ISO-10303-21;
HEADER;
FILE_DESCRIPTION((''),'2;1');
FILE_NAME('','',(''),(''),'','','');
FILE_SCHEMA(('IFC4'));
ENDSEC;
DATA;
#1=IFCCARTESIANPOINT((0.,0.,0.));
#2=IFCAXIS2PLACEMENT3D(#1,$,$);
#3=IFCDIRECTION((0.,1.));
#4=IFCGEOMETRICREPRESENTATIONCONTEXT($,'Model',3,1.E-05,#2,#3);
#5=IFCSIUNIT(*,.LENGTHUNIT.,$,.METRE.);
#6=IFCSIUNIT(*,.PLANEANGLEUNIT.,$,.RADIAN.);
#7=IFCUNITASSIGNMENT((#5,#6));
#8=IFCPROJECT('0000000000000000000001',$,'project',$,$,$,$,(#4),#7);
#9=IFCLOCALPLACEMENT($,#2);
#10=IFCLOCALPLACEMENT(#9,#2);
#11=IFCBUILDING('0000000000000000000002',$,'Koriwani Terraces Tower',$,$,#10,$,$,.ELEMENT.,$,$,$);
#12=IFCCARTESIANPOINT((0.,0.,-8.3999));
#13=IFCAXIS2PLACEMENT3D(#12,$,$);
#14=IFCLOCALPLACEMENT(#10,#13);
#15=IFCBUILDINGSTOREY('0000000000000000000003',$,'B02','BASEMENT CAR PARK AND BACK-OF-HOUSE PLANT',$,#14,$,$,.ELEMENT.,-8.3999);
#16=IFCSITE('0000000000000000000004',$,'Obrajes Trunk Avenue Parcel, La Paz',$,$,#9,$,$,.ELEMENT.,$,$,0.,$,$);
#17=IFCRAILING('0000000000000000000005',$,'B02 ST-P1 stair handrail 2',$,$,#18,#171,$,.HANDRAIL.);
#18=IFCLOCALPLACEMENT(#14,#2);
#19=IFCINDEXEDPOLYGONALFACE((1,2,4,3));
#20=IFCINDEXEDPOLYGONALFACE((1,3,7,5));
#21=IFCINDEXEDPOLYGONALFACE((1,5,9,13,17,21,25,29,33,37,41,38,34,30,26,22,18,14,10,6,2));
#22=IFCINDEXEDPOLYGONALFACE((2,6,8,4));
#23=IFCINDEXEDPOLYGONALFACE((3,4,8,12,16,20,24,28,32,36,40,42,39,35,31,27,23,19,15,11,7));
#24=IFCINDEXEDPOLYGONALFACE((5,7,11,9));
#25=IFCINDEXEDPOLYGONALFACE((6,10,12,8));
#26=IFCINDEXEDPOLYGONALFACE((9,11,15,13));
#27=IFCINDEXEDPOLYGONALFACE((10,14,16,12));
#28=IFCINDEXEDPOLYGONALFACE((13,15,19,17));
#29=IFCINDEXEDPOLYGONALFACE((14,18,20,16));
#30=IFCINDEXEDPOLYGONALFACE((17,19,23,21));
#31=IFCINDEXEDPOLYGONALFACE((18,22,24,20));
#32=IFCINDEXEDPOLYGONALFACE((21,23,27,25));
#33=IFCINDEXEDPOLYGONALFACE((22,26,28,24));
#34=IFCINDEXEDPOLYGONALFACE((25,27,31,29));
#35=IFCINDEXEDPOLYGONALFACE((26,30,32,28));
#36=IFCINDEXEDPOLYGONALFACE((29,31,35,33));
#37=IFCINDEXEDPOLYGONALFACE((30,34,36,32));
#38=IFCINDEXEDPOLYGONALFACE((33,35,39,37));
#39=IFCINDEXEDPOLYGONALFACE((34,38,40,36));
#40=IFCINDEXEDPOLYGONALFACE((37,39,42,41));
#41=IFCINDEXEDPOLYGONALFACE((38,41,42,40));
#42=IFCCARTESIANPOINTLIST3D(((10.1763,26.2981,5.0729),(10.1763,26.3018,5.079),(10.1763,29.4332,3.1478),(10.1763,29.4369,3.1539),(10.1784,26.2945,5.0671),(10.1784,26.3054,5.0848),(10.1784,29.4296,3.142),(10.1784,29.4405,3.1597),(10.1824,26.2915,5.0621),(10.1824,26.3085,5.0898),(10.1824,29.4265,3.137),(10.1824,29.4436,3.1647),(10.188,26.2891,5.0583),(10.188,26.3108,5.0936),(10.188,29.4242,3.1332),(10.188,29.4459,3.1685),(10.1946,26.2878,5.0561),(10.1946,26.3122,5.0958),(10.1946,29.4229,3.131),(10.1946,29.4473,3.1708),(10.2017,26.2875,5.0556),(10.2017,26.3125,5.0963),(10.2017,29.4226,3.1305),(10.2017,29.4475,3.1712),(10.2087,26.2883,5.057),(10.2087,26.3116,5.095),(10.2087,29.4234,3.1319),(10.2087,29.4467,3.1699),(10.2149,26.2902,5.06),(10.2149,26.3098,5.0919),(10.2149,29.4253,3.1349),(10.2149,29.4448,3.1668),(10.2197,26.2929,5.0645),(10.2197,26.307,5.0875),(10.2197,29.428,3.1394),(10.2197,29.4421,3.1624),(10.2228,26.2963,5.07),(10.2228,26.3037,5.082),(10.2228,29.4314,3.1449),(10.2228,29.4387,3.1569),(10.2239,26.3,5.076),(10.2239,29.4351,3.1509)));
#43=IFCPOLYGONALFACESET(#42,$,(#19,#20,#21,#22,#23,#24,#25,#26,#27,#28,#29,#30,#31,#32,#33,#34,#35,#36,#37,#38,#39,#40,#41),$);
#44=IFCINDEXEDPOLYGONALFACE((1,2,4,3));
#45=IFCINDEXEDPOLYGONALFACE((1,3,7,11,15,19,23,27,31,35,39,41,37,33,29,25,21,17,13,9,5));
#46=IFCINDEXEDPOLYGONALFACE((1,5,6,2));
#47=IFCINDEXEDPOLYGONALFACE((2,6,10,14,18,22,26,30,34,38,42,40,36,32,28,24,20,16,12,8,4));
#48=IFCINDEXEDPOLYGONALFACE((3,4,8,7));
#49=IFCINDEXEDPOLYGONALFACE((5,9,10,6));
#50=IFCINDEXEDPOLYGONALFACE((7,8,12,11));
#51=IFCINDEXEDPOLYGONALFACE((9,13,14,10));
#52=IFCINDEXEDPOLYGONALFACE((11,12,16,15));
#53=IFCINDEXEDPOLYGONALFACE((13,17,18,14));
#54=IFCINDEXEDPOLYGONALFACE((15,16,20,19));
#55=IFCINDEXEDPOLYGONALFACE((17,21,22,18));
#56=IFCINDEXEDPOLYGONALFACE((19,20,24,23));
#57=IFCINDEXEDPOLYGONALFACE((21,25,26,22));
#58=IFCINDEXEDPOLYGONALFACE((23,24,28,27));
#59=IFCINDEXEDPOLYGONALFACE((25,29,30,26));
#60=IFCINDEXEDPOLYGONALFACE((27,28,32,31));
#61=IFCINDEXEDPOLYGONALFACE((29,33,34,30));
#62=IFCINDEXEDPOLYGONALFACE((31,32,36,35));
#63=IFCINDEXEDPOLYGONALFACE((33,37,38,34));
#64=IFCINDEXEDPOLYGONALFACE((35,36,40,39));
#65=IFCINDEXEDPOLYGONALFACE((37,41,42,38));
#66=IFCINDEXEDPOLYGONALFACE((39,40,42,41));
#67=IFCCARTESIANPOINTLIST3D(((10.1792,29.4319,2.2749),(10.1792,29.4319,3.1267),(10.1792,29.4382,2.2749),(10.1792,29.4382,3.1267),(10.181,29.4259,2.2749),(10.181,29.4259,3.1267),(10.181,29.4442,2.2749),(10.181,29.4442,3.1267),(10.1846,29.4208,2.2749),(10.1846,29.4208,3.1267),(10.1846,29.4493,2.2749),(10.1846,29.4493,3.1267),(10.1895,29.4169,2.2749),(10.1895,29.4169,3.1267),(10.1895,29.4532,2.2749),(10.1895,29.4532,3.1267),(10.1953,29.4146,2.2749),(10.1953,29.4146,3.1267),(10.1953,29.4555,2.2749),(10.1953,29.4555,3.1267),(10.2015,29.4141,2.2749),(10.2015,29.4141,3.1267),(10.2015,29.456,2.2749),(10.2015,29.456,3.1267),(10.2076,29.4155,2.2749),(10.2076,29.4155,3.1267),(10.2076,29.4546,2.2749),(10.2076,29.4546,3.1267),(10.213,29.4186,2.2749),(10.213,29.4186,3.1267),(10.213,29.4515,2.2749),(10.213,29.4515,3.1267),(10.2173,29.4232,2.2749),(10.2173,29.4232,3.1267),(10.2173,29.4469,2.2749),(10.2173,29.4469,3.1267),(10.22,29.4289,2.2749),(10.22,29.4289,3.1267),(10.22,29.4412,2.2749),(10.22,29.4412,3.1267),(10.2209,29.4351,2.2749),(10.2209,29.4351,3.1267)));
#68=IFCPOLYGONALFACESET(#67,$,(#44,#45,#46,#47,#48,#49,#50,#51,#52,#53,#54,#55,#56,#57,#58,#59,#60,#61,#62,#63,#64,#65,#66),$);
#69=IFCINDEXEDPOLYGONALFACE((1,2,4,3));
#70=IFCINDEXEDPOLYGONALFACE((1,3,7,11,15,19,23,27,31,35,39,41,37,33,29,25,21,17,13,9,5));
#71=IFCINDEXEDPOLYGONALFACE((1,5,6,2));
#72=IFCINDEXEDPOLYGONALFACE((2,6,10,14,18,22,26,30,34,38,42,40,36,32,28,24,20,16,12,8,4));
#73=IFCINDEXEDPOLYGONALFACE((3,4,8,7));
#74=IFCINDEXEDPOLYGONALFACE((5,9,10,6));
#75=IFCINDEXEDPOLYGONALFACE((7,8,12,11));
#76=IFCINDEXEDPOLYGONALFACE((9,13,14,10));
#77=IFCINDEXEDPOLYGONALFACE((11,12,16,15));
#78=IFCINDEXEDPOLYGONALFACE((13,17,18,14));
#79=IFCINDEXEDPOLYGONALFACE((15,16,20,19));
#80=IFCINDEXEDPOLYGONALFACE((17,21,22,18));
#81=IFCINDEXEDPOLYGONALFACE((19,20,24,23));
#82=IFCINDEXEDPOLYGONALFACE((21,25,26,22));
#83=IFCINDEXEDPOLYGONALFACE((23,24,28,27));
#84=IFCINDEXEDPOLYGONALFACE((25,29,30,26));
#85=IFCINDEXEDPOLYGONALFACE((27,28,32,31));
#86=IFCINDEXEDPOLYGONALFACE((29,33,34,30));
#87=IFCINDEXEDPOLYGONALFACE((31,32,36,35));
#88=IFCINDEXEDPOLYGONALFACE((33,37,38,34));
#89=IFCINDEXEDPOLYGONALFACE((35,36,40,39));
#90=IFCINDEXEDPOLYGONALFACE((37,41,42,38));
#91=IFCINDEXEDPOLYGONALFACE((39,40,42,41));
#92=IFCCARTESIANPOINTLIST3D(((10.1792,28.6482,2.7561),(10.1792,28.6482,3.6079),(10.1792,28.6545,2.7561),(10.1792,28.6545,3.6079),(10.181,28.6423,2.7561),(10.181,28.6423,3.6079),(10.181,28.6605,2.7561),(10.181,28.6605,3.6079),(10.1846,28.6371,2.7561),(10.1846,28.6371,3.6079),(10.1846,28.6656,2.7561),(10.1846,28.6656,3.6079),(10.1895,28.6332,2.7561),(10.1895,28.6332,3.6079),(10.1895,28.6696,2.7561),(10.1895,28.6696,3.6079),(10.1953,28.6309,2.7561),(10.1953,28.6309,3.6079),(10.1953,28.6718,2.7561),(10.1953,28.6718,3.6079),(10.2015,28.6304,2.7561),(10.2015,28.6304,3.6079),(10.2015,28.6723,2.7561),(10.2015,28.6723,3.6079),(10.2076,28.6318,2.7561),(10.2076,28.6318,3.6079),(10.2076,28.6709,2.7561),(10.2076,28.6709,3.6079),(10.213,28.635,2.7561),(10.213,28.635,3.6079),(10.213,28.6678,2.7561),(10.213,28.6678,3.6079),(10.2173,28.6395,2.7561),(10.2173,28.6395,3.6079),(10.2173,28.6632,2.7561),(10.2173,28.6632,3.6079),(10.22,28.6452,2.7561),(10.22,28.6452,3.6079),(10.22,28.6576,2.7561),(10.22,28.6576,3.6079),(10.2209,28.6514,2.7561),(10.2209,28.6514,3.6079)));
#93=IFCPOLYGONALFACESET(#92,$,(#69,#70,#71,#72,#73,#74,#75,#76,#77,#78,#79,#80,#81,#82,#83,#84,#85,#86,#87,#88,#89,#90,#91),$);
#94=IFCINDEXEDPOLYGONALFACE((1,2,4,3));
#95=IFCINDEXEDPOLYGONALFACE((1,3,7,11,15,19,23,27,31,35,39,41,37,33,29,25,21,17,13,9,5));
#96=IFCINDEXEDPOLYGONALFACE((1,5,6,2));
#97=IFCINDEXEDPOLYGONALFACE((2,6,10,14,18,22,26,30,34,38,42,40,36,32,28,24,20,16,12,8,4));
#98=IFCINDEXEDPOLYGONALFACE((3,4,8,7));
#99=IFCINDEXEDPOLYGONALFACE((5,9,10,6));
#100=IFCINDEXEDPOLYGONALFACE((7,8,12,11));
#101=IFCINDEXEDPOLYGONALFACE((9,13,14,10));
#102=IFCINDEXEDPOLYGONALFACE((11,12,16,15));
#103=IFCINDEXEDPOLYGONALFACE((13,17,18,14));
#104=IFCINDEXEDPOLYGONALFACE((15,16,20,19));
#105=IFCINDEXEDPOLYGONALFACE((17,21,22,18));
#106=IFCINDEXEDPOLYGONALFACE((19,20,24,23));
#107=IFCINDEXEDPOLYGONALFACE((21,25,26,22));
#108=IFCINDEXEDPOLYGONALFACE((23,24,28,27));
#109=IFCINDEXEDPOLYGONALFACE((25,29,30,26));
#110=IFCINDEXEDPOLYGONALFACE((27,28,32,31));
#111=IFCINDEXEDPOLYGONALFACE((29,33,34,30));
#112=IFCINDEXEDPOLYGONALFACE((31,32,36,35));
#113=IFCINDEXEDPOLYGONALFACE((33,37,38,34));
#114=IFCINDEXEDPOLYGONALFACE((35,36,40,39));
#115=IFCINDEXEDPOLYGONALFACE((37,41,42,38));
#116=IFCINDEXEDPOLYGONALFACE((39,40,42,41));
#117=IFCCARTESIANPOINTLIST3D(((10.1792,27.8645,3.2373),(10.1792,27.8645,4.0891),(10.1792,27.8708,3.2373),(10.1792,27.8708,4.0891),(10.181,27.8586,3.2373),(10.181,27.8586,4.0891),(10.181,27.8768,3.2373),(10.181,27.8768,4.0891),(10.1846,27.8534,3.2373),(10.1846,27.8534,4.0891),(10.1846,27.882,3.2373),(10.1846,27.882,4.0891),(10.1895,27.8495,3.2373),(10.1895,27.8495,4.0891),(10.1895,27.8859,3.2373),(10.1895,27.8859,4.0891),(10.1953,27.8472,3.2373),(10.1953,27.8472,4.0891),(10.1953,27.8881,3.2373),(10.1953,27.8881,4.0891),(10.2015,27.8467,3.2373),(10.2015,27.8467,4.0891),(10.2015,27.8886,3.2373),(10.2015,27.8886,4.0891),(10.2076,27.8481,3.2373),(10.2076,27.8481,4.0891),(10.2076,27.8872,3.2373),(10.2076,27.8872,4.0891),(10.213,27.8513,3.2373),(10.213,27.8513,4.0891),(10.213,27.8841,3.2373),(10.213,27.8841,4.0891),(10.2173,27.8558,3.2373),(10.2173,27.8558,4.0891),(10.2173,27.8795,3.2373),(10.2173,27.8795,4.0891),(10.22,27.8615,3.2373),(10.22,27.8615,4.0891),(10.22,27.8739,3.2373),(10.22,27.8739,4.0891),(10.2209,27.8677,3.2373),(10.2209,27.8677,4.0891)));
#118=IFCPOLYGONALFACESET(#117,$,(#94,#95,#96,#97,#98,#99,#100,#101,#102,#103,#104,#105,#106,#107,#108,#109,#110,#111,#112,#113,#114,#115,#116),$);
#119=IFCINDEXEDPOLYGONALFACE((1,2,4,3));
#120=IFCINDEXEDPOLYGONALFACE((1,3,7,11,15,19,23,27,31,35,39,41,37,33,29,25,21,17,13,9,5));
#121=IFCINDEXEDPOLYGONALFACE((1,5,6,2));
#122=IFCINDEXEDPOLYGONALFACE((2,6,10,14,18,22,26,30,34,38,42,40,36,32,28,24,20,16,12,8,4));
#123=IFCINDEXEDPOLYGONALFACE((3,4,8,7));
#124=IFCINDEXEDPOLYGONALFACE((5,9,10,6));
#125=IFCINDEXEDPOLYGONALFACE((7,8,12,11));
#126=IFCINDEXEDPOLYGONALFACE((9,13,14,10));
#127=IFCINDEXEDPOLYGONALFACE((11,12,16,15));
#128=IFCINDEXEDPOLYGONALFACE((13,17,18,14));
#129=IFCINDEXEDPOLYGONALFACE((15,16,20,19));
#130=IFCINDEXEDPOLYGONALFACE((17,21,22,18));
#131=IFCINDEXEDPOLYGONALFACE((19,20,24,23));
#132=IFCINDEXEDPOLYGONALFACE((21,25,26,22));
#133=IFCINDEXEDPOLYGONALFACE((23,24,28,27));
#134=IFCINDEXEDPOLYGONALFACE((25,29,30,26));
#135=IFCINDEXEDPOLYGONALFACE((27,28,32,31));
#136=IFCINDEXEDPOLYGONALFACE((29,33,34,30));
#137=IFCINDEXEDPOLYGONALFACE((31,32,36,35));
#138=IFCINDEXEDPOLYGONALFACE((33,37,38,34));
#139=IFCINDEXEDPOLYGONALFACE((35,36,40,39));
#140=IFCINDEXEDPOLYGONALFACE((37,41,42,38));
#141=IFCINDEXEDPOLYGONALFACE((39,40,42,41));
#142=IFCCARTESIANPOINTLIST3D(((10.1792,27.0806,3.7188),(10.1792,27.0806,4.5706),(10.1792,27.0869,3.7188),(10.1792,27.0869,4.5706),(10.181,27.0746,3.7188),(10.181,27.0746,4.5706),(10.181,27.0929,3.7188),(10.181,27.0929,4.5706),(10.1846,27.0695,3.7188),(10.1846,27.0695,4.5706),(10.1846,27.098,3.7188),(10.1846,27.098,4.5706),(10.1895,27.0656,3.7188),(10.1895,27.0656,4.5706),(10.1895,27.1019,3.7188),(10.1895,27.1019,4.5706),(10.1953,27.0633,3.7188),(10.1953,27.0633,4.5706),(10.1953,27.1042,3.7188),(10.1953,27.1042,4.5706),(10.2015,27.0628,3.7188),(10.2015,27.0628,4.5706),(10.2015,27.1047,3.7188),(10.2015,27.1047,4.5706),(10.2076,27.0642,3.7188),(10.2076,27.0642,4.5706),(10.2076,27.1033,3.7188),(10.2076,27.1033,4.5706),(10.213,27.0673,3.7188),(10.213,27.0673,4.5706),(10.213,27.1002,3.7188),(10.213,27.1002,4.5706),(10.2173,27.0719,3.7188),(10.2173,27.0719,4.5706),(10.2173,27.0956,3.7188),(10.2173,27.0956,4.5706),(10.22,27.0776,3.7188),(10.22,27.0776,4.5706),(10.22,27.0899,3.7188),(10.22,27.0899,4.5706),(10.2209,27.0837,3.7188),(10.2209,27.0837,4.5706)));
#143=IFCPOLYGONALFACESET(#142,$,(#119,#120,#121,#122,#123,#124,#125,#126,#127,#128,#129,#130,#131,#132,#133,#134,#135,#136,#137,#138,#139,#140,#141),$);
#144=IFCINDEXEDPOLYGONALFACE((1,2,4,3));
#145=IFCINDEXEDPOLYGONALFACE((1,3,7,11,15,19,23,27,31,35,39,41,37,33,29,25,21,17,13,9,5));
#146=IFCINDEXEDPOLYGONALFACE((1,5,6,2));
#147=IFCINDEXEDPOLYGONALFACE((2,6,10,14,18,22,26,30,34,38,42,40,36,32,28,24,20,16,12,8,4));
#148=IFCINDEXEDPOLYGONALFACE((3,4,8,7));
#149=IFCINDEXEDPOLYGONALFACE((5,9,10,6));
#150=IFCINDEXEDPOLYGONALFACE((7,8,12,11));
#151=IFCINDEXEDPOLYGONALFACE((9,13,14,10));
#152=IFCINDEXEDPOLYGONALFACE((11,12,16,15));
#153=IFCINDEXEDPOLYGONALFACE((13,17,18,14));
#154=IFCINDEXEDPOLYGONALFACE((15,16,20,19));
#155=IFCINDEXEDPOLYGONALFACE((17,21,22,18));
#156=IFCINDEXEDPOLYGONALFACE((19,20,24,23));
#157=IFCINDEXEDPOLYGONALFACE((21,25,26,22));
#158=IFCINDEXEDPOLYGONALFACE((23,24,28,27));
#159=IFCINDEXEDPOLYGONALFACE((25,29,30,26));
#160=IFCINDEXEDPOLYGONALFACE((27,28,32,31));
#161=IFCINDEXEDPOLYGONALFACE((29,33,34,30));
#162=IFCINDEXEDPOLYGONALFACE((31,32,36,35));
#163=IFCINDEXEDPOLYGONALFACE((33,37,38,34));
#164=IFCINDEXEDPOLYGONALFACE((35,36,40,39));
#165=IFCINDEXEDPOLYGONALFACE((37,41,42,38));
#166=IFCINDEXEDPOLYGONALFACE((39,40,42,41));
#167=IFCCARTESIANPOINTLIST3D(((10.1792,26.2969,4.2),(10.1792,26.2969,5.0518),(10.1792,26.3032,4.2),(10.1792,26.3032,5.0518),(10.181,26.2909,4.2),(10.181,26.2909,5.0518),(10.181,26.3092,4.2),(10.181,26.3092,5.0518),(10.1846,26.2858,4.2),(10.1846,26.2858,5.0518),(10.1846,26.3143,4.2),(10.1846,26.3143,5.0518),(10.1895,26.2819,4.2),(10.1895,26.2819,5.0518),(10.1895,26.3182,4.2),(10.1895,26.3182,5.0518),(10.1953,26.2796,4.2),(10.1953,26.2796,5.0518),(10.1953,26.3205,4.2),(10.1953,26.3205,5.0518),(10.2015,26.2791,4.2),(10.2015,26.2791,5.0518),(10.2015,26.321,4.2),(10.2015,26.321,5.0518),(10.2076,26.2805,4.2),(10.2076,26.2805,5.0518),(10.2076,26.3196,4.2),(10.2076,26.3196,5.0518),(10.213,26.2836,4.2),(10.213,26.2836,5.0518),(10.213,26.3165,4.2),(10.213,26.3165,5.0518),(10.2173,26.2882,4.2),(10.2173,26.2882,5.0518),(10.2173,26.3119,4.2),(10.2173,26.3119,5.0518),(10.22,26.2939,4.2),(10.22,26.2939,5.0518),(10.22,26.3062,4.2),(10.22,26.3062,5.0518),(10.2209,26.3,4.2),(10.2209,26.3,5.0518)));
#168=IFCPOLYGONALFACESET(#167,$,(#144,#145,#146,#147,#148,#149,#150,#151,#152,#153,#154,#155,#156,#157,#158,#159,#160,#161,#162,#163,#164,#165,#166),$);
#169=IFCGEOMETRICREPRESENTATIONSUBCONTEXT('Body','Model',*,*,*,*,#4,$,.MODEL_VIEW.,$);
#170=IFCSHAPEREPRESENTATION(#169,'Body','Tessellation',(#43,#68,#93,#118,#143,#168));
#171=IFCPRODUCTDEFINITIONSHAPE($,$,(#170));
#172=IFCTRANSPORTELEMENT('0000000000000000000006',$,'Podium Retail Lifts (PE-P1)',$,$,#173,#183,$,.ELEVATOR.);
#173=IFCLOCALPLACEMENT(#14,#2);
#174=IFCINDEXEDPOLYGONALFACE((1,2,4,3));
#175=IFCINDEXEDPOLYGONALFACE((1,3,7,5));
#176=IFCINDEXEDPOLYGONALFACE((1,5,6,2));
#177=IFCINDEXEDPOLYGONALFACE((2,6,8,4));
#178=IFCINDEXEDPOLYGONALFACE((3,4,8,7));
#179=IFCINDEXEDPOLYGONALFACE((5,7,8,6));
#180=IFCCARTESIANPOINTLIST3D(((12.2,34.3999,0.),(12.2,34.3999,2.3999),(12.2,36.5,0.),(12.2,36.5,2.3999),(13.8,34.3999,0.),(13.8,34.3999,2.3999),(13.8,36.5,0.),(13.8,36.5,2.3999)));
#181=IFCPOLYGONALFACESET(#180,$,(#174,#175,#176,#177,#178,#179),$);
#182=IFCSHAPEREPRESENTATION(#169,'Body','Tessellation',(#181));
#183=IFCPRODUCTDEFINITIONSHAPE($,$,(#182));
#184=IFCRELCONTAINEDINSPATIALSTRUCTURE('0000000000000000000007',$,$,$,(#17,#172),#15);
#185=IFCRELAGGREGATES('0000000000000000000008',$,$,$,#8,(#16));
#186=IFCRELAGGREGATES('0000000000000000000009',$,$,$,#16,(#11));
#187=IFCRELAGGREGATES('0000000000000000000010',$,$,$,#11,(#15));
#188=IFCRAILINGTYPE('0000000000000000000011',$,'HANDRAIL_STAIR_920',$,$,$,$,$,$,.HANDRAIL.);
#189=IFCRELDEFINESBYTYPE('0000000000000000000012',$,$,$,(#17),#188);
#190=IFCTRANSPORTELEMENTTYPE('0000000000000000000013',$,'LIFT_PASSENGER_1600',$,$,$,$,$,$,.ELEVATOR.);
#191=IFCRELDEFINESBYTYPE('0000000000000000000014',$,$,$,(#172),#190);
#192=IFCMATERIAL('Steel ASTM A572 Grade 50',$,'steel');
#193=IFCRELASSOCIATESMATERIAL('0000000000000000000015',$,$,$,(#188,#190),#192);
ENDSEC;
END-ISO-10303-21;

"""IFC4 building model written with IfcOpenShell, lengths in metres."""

from ifc_helpers import new_model, si_unit, direction, frame, origin, origin_2d, place, context, subcontext, project, spatial, rectangle, circle, extrude, material, type_object, element, save


model = new_model("IFC4")

# Units and contexts
model_context = context("Model", 3, precision=1e-05, world=origin(), true_north=direction((0.0, 1.0)))
body_context = subcontext(model_context, "Body", "Model", "MODEL_VIEW")
ifc_project = project(units=[si_unit("LENGTHUNIT", "METRE"), si_unit("PLANEANGLEUNIT", "RADIAN")], contexts=[model_context])

# Site, building, storey
site_placement = place(None, origin())
site = spatial("IfcSite", under=ifc_project, at=site_placement, Name="Obrajes Trunk Avenue Parcel, La Paz", CompositionType="ELEMENT", RefElevation=0.0)
building_placement = place(site_placement, origin())
building = spatial("IfcBuilding", under=site, at=building_placement, Name="Koriwani Terraces Tower", CompositionType="ELEMENT")
storey_placement = place(building_placement, frame((0.0, 0.0, -8.3999)))
storey = spatial("IfcBuildingStorey", under=building, at=storey_placement, Name="B02", Description="BASEMENT CAR PARK AND BACK-OF-HOUSE PLANT", CompositionType="ELEMENT", Elevation=-8.3999)

# Shared definitions
ifc_material_1 = material(Name="Steel ASTM A572 Grade 50", Category="steel")

# Railing
railing_type_1 = type_object("IfcRailingType", Name="HANDRAIL_STAIR_920", PredefinedType="HANDRAIL", material=ifc_material_1)
railing_1_placement = place(storey_placement, frame((10.2, 29.4351, 2.2749)))
element("IfcRailing", 1, at=railing_1_placement, inside=storey, type_object=railing_type_1, Name="B02 ST-P1 stair handrail 2", PredefinedType="HANDRAIL", context=body_context, shape_type="SweptSolid", body=[
    extrude(circle(Radius=0.0239, at=origin_2d()), frame((0.0, 0.0, 0.876), z_axis=(0.0, -0.852166, 0.523271), x_axis=(1.0, 0.0, 0.0)), (0.0, 0.0, 1.0), 3.679),
    extrude(circle(Radius=0.021, at=origin_2d()), origin(), (0.0, 0.0, 1.0), 0.8518),
    extrude(circle(Radius=0.021, at=origin_2d()), frame((0.0, -0.7837, 0.4812)), (0.0, 0.0, 1.0), 0.8518),
    extrude(circle(Radius=0.021, at=origin_2d()), frame((0.0, -1.5674, 0.9624)), (0.0, 0.0, 1.0), 0.8518),
    extrude(circle(Radius=0.021, at=origin_2d()), frame((0.0, -2.3513, 1.4438)), (0.0, 0.0, 1.0), 0.8518),
    extrude(circle(Radius=0.021, at=origin_2d()), frame((0.0, -3.135, 1.925)), (0.0, 0.0, 1.0), 0.8518),
])

# Transport element
transport_element_type = type_object("IfcTransportElementType", Name="LIFT_PASSENGER_1600", PredefinedType="ELEVATOR", material=ifc_material_1)
transport_element_placement = place(storey_placement, frame((13.0, 35.45, 0.0), z_axis=(0.0, 0.0, 1.0), x_axis=(1.0, 0.0, 0.0)))
element("IfcTransportElement", 2, at=transport_element_placement, inside=storey, type_object=transport_element_type, Name="Podium Retail Lifts (PE-P1)", PredefinedType="ELEVATOR", context=body_context, shape_type="SweptSolid", body=[
    extrude(rectangle(XDim=1.6001, YDim=2.1001, at=origin_2d()), origin(), (0.0, 0.0, 1.0), 2.3999),
])

save(model, "model.ifc")
